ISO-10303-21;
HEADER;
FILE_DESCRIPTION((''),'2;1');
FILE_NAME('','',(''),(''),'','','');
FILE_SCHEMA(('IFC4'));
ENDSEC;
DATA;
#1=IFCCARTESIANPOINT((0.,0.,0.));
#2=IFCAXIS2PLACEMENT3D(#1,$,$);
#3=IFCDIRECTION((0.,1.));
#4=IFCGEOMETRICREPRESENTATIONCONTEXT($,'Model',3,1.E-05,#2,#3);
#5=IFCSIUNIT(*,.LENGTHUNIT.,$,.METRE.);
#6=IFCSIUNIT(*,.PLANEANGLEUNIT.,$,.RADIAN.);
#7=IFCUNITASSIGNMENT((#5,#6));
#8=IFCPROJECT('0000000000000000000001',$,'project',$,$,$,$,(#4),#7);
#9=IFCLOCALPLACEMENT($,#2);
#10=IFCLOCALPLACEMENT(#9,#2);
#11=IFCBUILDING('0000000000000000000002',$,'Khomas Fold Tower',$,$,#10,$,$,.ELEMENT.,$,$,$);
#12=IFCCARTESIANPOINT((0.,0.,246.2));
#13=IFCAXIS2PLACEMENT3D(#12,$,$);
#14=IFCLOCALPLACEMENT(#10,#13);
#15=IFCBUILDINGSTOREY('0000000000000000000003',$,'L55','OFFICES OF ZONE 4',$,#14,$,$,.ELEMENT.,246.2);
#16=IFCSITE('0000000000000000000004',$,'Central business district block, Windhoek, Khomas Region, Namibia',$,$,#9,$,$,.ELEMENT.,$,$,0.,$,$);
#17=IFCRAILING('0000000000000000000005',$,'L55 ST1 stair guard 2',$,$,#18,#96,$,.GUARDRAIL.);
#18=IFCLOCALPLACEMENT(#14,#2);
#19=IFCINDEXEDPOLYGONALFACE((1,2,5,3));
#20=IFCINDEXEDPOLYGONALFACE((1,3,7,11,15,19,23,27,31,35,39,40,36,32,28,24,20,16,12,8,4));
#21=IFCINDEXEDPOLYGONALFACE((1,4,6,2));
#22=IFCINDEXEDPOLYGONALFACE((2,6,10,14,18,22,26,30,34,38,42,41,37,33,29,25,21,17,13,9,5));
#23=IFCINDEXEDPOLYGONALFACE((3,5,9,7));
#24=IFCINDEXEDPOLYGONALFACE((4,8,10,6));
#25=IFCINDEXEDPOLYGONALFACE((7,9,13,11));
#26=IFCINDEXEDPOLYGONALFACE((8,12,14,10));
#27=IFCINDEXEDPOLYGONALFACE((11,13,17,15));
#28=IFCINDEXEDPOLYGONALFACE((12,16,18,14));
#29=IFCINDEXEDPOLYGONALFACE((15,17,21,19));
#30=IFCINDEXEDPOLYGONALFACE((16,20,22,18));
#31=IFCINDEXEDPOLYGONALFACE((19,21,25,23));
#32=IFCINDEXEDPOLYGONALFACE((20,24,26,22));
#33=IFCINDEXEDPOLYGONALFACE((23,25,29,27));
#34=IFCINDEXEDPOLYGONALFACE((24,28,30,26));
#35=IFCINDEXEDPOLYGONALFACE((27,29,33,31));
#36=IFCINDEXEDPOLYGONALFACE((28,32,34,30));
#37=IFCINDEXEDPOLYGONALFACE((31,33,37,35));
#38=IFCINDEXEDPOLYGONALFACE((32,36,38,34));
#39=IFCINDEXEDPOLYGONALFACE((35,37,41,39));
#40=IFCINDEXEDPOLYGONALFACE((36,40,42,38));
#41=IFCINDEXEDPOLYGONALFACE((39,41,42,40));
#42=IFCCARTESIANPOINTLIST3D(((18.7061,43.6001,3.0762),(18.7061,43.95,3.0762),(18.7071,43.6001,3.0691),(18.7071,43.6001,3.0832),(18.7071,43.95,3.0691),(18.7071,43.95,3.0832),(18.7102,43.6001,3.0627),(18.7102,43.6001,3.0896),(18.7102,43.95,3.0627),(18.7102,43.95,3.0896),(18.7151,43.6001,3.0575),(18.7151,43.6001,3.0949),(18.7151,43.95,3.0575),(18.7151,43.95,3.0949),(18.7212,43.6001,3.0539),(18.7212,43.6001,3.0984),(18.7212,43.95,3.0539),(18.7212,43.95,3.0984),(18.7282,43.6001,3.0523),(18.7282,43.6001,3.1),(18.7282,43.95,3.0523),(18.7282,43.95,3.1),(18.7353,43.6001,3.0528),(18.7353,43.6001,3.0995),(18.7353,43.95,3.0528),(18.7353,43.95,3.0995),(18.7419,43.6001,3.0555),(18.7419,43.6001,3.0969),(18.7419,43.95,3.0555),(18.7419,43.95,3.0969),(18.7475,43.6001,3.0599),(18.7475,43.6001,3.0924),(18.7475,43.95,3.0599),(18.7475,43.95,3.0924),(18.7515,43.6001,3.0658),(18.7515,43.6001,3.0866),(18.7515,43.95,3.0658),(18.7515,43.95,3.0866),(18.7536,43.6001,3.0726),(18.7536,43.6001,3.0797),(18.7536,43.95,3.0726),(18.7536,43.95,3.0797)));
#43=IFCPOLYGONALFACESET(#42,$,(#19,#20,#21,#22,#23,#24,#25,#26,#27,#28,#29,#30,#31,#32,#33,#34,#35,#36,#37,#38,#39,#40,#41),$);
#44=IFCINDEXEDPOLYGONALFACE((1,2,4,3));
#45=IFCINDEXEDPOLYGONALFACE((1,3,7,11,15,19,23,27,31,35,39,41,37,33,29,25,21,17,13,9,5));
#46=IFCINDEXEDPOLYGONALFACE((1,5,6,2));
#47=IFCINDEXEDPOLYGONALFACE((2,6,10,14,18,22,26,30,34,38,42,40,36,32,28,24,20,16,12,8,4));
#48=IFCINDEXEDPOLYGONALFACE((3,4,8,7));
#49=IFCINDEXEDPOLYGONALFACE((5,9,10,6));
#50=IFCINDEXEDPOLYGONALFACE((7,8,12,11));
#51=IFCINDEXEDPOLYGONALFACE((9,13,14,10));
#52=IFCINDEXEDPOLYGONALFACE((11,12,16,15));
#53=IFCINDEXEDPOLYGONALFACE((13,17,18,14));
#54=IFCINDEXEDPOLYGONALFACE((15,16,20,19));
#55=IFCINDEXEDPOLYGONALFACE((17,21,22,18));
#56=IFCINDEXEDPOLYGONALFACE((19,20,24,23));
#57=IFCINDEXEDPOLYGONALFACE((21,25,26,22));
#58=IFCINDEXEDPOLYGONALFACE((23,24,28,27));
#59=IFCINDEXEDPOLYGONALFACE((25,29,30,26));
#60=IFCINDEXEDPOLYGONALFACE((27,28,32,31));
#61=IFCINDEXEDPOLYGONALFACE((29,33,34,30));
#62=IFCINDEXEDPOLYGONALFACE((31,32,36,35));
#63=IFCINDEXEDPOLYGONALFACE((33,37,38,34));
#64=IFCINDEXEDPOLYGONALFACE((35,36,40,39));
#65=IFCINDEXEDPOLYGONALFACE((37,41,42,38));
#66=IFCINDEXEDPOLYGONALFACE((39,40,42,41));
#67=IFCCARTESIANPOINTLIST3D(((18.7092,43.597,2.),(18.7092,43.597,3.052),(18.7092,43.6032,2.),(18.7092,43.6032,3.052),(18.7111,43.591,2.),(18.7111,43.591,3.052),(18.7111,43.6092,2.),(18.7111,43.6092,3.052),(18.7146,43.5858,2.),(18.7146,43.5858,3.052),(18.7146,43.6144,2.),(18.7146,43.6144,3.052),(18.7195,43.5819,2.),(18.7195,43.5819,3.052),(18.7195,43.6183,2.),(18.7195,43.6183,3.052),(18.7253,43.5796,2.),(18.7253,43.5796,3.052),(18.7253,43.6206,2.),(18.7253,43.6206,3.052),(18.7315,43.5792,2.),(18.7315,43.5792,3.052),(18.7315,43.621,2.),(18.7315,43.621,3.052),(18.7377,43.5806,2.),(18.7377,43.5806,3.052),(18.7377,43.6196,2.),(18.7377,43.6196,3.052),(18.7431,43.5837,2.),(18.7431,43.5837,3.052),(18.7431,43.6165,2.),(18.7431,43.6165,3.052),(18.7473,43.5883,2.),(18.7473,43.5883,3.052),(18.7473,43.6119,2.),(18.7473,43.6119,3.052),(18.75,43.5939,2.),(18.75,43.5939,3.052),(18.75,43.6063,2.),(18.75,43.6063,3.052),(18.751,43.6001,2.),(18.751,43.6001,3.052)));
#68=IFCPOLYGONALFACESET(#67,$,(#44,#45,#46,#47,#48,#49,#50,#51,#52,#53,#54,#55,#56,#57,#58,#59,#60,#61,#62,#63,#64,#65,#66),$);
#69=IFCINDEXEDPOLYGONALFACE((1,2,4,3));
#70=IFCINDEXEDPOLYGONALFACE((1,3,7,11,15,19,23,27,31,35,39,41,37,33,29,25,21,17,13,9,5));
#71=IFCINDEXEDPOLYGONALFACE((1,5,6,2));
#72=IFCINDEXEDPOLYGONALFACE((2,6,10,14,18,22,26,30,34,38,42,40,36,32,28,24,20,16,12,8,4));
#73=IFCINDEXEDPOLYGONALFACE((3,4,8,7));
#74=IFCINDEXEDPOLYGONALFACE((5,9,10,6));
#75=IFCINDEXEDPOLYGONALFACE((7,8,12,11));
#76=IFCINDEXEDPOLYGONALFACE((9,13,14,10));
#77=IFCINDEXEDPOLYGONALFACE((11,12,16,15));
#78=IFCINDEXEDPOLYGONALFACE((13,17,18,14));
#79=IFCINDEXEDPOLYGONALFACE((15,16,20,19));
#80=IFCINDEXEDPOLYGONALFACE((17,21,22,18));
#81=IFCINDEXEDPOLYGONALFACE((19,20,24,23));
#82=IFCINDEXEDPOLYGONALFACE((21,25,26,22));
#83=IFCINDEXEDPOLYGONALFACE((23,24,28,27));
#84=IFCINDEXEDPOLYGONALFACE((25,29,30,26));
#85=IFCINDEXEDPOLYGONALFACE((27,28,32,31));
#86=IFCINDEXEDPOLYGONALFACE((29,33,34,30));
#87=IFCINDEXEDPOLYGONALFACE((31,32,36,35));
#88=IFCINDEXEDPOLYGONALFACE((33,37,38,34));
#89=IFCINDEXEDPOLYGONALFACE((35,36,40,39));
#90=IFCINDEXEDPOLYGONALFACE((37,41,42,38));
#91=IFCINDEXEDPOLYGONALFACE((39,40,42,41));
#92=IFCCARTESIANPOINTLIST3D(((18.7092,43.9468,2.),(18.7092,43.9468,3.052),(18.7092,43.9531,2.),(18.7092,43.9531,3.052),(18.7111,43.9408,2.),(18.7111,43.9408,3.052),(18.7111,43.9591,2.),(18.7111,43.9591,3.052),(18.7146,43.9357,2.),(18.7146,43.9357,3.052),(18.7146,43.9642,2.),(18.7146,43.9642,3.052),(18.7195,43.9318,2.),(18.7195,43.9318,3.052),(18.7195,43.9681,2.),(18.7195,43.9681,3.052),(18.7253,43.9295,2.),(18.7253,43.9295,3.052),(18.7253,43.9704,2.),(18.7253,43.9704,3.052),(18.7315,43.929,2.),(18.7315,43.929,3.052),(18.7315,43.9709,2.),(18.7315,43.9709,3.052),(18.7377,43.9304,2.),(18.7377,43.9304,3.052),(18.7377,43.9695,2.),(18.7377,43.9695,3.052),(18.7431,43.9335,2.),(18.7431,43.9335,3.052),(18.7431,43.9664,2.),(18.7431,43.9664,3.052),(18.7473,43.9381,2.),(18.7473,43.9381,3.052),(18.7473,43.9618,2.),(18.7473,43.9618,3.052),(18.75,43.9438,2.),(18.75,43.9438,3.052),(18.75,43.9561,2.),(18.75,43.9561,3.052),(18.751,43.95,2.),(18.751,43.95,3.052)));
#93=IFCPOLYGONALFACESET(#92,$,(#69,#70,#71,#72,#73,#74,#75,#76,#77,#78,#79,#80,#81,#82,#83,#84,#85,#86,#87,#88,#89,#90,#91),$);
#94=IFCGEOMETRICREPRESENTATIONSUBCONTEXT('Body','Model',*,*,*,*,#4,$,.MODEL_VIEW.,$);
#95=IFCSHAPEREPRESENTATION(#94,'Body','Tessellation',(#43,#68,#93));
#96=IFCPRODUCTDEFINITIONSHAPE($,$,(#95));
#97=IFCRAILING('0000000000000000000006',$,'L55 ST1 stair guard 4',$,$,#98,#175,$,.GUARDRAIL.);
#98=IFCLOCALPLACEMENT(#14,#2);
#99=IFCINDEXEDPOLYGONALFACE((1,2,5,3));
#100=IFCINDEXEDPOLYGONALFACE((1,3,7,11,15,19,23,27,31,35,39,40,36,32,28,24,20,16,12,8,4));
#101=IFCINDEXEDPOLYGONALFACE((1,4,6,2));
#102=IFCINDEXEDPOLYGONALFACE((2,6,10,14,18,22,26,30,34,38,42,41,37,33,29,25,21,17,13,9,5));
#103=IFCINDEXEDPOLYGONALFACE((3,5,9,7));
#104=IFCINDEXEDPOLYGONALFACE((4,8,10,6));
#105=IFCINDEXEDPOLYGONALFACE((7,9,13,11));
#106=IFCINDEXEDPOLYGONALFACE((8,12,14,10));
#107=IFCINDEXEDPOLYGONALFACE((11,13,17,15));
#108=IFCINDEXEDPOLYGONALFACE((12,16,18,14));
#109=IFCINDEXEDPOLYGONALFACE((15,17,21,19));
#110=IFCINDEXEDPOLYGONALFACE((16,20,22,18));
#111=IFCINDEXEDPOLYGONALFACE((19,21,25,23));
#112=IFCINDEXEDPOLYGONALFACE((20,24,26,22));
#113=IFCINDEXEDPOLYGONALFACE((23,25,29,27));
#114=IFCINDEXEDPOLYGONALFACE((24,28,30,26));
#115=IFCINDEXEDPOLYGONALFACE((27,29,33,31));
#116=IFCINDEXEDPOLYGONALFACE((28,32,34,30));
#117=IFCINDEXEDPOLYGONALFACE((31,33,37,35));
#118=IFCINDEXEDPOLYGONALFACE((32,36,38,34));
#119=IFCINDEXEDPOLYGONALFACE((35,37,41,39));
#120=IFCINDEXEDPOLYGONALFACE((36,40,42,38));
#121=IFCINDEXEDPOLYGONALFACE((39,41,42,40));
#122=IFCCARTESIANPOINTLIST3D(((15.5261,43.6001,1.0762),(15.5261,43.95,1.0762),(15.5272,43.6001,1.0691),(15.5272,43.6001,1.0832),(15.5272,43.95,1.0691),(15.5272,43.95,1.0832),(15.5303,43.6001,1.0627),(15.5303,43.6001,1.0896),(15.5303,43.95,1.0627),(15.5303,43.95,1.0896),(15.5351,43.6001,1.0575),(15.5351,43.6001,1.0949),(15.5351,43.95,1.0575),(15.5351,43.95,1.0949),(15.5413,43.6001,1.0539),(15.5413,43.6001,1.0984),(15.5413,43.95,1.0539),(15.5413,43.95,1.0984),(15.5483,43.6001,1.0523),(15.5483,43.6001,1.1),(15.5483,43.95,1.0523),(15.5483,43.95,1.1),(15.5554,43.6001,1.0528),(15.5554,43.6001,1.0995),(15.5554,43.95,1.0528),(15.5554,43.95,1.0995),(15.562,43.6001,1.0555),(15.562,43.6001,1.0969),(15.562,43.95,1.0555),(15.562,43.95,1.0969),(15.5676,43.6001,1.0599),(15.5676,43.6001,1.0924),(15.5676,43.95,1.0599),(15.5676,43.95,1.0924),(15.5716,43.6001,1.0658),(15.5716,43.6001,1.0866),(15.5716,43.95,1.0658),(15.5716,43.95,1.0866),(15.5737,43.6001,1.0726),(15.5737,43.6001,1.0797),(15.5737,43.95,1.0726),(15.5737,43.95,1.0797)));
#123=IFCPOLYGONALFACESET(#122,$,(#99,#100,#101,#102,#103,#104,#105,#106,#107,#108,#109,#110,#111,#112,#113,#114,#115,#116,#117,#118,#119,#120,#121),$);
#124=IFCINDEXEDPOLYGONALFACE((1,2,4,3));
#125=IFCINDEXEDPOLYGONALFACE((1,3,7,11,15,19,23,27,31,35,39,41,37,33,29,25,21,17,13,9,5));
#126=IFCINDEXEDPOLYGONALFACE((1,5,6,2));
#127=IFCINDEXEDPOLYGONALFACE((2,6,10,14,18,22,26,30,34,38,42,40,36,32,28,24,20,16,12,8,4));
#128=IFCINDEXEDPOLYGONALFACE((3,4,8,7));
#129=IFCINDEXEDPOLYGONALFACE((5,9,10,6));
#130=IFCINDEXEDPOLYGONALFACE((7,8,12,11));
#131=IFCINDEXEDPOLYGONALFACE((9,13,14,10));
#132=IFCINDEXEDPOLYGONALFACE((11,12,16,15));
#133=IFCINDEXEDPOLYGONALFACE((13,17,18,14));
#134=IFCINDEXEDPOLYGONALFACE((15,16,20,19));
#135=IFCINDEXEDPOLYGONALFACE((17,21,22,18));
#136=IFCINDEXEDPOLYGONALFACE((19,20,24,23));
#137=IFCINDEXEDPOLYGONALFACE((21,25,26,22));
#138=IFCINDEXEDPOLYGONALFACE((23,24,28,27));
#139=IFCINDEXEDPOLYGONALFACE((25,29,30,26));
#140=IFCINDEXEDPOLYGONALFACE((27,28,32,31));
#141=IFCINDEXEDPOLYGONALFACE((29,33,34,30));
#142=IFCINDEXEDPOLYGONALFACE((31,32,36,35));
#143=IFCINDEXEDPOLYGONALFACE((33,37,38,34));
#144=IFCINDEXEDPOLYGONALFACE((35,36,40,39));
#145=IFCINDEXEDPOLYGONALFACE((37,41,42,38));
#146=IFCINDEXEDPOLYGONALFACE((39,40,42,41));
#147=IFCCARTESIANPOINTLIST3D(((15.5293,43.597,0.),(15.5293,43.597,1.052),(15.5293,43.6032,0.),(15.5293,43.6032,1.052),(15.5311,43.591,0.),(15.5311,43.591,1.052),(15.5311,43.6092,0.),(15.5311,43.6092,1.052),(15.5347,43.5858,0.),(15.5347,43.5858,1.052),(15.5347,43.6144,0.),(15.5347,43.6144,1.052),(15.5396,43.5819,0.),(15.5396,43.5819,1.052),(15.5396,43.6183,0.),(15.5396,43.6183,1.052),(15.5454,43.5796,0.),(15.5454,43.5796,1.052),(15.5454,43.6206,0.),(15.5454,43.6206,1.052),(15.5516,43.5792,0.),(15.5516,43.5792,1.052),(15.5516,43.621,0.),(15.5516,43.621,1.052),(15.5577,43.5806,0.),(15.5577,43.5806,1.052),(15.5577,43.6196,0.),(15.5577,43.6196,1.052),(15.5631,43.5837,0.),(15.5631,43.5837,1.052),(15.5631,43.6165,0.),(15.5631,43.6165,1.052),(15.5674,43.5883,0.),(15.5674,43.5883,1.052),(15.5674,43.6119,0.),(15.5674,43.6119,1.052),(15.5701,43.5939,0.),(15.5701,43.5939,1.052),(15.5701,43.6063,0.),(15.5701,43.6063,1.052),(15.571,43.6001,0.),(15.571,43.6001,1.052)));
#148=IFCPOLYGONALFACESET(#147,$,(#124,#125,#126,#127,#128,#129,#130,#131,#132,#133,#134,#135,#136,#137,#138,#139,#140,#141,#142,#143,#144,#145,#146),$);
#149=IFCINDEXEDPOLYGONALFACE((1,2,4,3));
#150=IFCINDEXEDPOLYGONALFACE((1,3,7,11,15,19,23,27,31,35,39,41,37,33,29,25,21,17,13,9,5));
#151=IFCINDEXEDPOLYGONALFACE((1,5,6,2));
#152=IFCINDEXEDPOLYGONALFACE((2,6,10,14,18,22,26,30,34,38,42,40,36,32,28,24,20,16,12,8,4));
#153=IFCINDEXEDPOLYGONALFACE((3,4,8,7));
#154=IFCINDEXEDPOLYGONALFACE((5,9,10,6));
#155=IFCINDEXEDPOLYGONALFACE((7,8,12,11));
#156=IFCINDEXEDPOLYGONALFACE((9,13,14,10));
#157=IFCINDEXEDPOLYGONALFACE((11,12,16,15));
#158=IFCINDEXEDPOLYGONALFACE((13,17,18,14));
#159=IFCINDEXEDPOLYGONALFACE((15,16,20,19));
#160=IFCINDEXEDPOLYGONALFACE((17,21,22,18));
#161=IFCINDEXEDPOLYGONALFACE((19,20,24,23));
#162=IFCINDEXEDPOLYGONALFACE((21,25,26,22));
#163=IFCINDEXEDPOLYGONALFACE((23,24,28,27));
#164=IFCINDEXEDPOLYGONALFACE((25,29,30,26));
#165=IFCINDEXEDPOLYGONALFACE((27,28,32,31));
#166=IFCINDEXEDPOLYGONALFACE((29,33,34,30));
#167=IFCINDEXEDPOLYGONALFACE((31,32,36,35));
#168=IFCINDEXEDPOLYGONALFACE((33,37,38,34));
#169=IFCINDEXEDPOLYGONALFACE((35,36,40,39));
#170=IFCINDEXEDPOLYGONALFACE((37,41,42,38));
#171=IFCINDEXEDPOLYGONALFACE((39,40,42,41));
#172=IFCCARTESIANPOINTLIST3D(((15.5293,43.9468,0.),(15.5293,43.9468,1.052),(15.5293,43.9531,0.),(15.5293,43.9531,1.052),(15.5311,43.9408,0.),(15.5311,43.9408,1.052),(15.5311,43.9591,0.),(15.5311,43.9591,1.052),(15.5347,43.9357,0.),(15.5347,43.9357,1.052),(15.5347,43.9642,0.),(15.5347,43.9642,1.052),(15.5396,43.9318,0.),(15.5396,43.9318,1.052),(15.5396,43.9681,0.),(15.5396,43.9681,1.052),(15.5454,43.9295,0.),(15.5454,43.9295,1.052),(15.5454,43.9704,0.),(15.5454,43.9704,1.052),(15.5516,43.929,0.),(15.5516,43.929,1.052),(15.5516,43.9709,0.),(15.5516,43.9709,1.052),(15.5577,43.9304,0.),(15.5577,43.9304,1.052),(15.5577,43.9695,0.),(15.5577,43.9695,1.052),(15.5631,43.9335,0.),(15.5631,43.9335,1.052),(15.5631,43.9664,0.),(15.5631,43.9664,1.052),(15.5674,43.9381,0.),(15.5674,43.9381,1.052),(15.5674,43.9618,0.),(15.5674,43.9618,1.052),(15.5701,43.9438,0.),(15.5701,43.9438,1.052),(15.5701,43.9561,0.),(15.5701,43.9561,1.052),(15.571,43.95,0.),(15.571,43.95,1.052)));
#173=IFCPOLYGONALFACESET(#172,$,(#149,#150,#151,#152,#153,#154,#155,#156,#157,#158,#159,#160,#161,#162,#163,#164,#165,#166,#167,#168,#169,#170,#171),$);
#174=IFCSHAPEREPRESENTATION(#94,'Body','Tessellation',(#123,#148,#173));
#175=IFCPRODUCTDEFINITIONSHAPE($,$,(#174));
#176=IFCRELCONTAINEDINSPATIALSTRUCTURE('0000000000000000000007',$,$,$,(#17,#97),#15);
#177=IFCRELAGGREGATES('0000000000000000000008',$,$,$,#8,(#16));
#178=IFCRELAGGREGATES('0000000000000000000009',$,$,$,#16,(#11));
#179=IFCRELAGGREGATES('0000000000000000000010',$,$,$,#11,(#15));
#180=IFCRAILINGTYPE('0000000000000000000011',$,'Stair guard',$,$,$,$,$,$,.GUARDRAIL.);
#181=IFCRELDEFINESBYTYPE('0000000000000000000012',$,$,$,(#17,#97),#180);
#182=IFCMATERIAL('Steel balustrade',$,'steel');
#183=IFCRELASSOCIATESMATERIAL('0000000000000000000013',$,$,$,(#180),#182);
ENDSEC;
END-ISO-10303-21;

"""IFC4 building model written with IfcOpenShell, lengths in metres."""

from ifc_helpers import new_model, si_unit, direction, frame, origin, origin_2d, place, context, subcontext, project, spatial, circle, extrude, source, transform, mapped, material, type_object, element, save


model = new_model("IFC4")

# Units and contexts
model_context = context("Model", 3, precision=1e-05, world=origin(), true_north=direction((0.0, 1.0)))
body_context = subcontext(model_context, "Body", "Model", "MODEL_VIEW")
ifc_project = project(units=[si_unit("LENGTHUNIT", "METRE"), si_unit("PLANEANGLEUNIT", "RADIAN")], contexts=[model_context])

# Site, building, storey
site_placement = place(None, origin())
site = spatial("IfcSite", under=ifc_project, at=site_placement, Name="Central business district block, Windhoek, Khomas Region, Namibia", CompositionType="ELEMENT", RefElevation=0.0)
building_placement = place(site_placement, origin())
building = spatial("IfcBuilding", under=site, at=building_placement, Name="Khomas Fold Tower", CompositionType="ELEMENT")
storey_placement = place(building_placement, frame((0.0, 0.0, 246.2)))
storey = spatial("IfcBuildingStorey", under=building, at=storey_placement, Name="L55", Description="OFFICES OF ZONE 4", CompositionType="ELEMENT", Elevation=246.2)

# Railings
ifc_material_1 = material(Name="Steel balustrade", Category="steel")
railing_type_1 = type_object("IfcRailingType", Name="Stair guard", PredefinedType="GUARDRAIL", material=ifc_material_1)
shared_shape_1 = source(origin(), body_context, "Body", "SweptSolid", [
    extrude(circle(Radius=0.0239, at=origin_2d()), frame((0.0, 0.0, 1.0762), z_axis=(0.0, 1.0, 0.0), x_axis=(-1.0, 0.0, 0.0)), (0.0, 0.0, 1.0), 0.3499),
    extrude(circle(Radius=0.021, at=origin_2d()), origin(), (0.0, 0.0, 1.0), 1.052),
    extrude(circle(Radius=0.021, at=origin_2d()), frame((0.0, 0.3499, 0.0)), (0.0, 0.0, 1.0), 1.052),
])
for number, where, name in (
    (1, (18.73, 43.6001, 2.0), "L55 ST1 stair guard 2"),
    (2, (15.55, 43.6001, 0.0), "L55 ST1 stair guard 4"),
):
    element("IfcRailing", number, at=place(storey_placement, frame(where)), inside=storey, type_object=railing_type_1, Name=name, PredefinedType="GUARDRAIL", context=body_context, shape_type="MappedRepresentation", body=[
        mapped(shared_shape_1, transform((0.0, 0.0, 0.0))),
    ])

save(model, "model.ifc")
